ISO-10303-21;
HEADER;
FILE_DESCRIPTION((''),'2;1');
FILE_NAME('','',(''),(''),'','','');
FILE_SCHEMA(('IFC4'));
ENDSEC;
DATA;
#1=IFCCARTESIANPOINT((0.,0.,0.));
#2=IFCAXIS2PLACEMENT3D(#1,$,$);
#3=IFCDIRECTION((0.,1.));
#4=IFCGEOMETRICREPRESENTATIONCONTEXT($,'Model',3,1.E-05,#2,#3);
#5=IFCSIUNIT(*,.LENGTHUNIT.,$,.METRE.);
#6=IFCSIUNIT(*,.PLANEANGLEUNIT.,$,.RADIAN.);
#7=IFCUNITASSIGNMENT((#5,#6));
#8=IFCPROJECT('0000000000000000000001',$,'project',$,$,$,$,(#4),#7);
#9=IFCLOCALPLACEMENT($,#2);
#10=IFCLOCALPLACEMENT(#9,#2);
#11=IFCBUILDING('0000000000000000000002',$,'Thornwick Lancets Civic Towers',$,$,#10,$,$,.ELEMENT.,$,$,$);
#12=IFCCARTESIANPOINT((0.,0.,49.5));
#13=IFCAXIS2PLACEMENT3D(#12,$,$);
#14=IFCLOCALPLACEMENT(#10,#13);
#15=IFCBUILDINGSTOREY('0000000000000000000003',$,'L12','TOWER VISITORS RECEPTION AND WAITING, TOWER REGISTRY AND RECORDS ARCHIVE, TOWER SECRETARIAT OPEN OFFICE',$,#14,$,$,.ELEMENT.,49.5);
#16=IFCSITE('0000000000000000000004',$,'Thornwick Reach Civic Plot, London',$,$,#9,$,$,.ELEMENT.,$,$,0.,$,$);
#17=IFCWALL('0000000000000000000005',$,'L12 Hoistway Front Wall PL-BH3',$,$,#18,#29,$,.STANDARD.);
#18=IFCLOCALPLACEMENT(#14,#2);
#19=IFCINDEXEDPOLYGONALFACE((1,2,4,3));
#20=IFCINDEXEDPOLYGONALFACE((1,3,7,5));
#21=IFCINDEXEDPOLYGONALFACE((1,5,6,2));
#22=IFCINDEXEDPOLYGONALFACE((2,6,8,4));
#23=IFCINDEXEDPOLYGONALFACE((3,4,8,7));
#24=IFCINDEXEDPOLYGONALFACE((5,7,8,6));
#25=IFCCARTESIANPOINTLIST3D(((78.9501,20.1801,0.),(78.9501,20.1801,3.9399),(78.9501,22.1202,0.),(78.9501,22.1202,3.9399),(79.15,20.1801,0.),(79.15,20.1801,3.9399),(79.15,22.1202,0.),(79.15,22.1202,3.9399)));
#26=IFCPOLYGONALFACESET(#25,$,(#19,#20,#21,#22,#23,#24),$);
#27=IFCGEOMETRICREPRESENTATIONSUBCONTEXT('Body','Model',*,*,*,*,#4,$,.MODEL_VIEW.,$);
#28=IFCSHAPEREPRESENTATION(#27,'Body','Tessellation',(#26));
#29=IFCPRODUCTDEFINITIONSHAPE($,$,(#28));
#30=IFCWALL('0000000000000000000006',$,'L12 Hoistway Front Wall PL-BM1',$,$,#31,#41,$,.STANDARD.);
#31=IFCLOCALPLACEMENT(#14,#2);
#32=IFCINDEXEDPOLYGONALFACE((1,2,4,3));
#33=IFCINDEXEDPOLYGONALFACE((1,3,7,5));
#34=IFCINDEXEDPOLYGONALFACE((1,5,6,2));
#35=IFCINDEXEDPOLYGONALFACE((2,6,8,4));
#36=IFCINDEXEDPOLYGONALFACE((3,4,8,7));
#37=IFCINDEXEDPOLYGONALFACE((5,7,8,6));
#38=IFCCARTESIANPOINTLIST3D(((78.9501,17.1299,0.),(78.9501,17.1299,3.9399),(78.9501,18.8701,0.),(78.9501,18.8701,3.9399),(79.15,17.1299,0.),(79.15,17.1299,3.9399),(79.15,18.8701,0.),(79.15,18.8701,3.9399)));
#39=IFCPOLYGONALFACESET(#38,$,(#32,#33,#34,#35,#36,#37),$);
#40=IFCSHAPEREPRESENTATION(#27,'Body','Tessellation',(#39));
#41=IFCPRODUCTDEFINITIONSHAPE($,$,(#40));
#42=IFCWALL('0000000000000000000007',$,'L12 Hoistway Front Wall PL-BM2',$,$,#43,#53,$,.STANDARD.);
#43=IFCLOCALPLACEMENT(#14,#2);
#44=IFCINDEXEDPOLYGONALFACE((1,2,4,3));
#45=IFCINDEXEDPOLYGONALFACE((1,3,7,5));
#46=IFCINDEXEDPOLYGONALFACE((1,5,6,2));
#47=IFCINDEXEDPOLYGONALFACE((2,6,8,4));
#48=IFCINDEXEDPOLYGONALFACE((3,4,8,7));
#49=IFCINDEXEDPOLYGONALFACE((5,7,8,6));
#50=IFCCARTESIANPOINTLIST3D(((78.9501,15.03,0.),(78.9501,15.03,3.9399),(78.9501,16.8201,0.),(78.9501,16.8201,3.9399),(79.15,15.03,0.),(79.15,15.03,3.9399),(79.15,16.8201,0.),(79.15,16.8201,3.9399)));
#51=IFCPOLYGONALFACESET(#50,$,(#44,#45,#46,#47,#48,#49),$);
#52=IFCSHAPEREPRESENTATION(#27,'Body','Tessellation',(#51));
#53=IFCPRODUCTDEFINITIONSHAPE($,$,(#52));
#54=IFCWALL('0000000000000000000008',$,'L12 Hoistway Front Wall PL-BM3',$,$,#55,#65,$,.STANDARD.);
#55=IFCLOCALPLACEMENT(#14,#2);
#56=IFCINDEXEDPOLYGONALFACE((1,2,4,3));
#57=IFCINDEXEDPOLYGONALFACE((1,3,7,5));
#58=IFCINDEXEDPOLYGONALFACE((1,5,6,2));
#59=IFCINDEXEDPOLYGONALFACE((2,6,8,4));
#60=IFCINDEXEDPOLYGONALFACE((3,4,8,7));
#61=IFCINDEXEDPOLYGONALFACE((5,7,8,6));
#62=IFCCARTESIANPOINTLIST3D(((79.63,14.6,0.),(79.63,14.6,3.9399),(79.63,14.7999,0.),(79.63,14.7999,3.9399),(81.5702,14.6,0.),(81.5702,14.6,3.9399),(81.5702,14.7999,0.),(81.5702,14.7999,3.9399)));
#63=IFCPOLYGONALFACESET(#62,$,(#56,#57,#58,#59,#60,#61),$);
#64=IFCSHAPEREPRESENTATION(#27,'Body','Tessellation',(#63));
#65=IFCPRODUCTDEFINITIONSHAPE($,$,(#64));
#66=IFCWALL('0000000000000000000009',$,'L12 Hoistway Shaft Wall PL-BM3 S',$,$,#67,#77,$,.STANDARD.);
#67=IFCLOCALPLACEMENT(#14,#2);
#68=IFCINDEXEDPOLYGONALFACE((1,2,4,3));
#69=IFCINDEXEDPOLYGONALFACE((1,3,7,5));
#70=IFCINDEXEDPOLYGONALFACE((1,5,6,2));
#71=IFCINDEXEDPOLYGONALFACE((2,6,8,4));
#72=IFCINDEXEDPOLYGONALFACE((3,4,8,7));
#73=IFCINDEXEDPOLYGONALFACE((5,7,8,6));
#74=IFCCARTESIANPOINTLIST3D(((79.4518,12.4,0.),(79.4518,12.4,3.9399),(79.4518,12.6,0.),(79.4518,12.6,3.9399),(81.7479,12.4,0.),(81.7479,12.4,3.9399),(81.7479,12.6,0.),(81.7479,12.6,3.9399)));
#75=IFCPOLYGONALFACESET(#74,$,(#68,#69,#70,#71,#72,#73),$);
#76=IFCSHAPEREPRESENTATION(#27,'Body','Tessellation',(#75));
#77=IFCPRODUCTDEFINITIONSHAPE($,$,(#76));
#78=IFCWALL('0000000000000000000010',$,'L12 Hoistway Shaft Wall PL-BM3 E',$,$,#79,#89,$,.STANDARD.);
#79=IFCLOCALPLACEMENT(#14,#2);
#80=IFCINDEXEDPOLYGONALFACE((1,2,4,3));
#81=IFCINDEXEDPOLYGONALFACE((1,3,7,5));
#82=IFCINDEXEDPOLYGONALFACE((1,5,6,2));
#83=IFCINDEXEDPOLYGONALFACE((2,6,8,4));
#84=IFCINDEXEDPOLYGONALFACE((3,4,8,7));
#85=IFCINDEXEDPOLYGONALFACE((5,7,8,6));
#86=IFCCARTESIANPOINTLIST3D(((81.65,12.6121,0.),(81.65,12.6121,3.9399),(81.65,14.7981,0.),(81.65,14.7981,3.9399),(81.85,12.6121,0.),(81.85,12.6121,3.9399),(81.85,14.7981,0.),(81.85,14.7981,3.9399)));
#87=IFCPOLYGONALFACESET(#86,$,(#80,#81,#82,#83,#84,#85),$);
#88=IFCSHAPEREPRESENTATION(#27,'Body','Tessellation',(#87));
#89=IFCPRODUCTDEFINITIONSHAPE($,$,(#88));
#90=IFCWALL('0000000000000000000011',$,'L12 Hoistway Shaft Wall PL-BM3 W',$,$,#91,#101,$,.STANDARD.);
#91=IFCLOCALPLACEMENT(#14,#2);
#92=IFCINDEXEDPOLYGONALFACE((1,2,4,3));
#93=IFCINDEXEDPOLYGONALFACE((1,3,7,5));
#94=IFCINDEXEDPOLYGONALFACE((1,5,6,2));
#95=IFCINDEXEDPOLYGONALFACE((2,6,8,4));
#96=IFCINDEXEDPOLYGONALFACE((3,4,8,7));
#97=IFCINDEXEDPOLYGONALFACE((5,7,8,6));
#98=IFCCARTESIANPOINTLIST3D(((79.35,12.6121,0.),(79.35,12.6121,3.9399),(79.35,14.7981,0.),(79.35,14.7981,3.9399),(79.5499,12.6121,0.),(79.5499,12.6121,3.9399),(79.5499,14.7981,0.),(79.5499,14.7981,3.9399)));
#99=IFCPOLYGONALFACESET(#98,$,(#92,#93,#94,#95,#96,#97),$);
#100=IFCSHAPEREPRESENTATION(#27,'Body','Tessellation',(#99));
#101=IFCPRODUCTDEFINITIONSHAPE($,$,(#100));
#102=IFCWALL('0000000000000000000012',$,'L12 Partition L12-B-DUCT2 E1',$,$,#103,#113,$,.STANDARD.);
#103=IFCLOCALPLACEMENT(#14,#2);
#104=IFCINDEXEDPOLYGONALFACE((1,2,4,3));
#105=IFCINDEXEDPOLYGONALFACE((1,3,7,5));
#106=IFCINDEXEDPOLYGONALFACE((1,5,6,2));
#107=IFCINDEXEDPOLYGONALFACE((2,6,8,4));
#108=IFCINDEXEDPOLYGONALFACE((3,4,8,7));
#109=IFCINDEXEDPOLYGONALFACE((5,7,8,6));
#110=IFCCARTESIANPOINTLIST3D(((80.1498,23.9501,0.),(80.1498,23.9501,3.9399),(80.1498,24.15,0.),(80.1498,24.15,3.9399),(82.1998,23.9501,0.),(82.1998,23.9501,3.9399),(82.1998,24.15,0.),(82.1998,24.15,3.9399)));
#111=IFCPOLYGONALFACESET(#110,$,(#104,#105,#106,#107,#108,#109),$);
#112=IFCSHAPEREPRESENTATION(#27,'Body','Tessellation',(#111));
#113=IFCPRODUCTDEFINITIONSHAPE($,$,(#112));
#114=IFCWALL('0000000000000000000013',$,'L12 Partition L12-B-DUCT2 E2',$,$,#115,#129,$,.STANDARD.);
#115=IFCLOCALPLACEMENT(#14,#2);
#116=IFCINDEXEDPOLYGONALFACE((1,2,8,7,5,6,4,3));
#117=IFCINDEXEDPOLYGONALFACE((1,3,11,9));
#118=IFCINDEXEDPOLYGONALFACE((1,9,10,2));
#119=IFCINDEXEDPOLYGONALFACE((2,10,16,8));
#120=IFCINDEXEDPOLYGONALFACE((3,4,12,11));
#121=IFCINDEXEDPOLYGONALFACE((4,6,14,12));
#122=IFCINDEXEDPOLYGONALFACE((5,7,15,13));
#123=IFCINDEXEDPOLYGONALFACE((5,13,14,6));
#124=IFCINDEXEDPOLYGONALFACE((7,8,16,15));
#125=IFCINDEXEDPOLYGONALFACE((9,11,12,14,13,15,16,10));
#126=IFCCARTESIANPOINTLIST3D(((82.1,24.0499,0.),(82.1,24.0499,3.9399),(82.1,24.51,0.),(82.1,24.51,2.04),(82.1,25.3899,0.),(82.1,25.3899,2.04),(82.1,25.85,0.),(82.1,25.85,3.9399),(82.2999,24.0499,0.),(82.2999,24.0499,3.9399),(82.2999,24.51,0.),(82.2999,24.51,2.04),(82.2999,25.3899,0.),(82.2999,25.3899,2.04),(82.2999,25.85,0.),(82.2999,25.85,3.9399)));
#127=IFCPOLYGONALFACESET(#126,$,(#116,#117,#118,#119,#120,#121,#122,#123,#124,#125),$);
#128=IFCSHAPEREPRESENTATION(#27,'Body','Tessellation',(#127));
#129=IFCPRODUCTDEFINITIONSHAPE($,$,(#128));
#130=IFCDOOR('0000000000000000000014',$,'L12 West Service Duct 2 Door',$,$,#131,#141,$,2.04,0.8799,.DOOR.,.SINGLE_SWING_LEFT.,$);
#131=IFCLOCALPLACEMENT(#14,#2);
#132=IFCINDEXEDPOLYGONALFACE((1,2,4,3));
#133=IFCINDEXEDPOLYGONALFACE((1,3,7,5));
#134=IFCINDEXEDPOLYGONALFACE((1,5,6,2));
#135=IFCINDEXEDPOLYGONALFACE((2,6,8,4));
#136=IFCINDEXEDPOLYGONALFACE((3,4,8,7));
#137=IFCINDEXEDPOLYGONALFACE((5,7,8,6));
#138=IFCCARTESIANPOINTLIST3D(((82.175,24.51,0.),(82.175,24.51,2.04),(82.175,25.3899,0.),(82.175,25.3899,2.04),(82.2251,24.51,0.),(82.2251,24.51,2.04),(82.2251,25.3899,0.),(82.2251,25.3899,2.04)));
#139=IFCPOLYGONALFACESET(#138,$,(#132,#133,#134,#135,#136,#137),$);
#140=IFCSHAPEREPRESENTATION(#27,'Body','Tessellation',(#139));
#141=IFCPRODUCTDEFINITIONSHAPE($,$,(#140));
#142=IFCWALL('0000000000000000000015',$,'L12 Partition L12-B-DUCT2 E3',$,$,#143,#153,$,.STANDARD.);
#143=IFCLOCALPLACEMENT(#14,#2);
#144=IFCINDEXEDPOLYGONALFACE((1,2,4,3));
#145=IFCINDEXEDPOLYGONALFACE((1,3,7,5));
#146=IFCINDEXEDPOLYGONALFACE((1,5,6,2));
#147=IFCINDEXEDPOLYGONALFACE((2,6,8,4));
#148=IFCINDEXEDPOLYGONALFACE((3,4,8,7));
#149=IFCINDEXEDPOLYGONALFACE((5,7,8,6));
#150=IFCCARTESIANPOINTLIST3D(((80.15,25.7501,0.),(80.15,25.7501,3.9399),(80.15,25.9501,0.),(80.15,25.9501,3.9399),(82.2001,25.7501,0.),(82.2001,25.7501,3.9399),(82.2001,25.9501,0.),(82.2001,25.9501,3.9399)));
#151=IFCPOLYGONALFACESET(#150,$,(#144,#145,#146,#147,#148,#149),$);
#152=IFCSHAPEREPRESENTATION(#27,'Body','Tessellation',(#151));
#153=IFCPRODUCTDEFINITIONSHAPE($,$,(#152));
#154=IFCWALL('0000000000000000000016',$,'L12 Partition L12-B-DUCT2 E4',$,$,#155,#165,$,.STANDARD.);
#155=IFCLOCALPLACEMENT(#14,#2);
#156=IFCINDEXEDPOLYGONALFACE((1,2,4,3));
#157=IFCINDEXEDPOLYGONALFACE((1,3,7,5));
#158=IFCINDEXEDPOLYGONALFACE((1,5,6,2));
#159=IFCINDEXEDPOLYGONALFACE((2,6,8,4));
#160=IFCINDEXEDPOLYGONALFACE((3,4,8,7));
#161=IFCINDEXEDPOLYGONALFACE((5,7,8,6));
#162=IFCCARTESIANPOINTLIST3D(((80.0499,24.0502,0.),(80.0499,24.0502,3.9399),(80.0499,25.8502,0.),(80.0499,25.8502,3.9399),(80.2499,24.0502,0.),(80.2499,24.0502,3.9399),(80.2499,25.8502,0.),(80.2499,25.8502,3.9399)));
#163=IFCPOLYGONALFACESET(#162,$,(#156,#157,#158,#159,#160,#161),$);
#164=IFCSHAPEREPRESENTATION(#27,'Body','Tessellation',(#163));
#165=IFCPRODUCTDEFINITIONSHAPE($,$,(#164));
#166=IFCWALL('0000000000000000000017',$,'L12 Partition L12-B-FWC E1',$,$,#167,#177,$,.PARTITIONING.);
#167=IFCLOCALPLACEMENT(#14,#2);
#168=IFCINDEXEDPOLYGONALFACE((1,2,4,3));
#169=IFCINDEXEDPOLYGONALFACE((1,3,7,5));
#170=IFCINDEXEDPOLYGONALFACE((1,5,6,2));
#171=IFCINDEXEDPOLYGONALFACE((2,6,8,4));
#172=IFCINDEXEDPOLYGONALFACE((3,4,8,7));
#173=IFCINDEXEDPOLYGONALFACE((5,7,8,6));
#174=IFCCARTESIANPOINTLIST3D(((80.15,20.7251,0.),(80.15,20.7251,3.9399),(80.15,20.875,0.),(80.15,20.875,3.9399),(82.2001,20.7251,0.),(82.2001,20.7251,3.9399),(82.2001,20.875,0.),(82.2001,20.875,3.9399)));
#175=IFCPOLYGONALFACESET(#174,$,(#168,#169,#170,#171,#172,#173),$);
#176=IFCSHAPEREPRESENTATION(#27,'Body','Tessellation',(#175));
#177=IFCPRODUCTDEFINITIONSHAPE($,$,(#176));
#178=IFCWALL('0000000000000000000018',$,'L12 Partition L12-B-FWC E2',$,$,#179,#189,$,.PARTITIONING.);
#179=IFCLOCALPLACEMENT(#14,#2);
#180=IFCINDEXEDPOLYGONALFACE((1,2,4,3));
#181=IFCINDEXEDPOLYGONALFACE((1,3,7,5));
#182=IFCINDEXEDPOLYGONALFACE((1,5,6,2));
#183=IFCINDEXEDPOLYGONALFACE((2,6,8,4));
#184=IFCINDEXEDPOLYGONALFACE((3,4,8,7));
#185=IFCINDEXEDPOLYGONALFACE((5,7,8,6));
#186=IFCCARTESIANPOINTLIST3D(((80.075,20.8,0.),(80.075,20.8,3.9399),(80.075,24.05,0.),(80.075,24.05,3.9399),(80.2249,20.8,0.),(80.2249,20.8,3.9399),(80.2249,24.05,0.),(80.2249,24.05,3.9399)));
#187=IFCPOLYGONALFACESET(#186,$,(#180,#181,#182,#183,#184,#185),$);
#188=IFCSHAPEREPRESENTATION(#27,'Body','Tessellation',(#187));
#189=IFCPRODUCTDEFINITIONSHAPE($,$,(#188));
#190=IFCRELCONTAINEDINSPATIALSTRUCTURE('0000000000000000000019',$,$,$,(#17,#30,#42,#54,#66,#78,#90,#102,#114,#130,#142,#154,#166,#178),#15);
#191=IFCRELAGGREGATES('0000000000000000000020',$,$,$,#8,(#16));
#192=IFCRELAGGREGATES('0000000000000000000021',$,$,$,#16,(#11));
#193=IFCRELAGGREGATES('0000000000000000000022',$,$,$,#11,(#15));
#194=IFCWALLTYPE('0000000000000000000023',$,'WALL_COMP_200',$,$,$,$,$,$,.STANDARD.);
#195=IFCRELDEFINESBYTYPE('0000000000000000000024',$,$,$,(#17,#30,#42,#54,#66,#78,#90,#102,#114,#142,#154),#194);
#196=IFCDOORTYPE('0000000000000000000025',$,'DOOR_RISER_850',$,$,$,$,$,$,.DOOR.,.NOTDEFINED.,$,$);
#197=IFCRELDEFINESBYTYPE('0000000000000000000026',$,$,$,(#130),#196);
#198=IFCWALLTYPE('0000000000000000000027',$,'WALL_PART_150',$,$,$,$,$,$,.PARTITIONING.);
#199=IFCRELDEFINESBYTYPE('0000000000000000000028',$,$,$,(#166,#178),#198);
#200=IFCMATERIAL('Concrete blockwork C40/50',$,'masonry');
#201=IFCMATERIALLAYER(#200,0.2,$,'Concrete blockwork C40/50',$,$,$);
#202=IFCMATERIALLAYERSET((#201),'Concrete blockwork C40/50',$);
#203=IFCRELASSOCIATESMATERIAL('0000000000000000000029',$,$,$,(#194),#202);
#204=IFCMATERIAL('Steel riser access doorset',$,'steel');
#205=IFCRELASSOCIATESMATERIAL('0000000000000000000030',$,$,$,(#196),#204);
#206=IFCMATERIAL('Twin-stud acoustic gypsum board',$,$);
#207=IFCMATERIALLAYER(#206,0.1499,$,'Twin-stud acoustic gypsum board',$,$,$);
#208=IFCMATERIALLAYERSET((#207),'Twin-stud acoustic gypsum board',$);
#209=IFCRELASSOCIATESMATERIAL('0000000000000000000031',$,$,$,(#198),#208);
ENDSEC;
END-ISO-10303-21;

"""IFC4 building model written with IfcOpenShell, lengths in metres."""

from ifc_helpers import new_model, si_unit, direction, frame, frame_2d, origin, place, context, subcontext, project, spatial, rectangle, extrude, material, layer, layer_set, type_object, element, fill, save


model = new_model("IFC4")

# Units and contexts
model_context = context("Model", 3, precision=1e-05, world=origin(), true_north=direction((0.0, 1.0)))
body_context = subcontext(model_context, "Body", "Model", "MODEL_VIEW")
ifc_project = project(units=[si_unit("LENGTHUNIT", "METRE"), si_unit("PLANEANGLEUNIT", "RADIAN")], contexts=[model_context])

# Site, building, storey
site_placement = place(None, origin())
site = spatial("IfcSite", under=ifc_project, at=site_placement, Name="Thornwick Reach Civic Plot, London", CompositionType="ELEMENT", RefElevation=0.0)
building_placement = place(site_placement, origin())
building = spatial("IfcBuilding", under=site, at=building_placement, Name="Thornwick Lancets Civic Towers", CompositionType="ELEMENT")
storey_placement = place(building_placement, frame((0.0, 0.0, 49.5)))
storey = spatial("IfcBuildingStorey", under=building, at=storey_placement, Name="L12", Description="TOWER VISITORS RECEPTION AND WAITING, TOWER REGISTRY AND RECORDS ARCHIVE, TOWER SECRETARIAT OPEN OFFICE", CompositionType="ELEMENT", Elevation=49.5)

# Shared definitions
ifc_material_1 = material(Name="Concrete blockwork C40/50", Category="masonry")
ifc_layer_1 = layer(ifc_material_1, 0.2, Name="Concrete blockwork C40/50")
ifc_layer_set_1 = layer_set([ifc_layer_1], Name="Concrete blockwork C40/50")
wall_type_1 = type_object("IfcWallType", Name="WALL_COMP_200", PredefinedType="STANDARD", material=ifc_layer_set_1)

# Walls
wall_1_placement = place(storey_placement, frame((79.05, 20.1799, 0.0), z_axis=(0.0, 0.0, 1.0), x_axis=(0.0, 1.0, 0.0)))
element("IfcWall", 1, at=wall_1_placement, inside=storey, type_object=wall_type_1, Name="L12 Hoistway Front Wall PL-BH3", PredefinedType="STANDARD", context=body_context, shape_type="SweptSolid", body=[
    extrude(rectangle(XDim=1.9402, YDim=0.2, at=frame_2d((0.9702, 0.0))), origin(), (0.0, 0.0, 1.0), 3.9399),
])
wall_2_placement = place(storey_placement, frame((79.05, 17.1299, 0.0), z_axis=(0.0, 0.0, 1.0), x_axis=(0.0, 1.0, 0.0)))
element("IfcWall", 2, at=wall_2_placement, inside=storey, type_object=wall_type_1, Name="L12 Hoistway Front Wall PL-BM1", PredefinedType="STANDARD", context=body_context, shape_type="SweptSolid", body=[
    extrude(rectangle(XDim=1.7402, YDim=0.2, at=frame_2d((0.8701, 0.0))), origin(), (0.0, 0.0, 1.0), 3.9399),
])
wall_3_placement = place(storey_placement, frame((79.05, 15.03, 0.0), z_axis=(0.0, 0.0, 1.0), x_axis=(0.0, 1.0, 0.0)))
element("IfcWall", 3, at=wall_3_placement, inside=storey, type_object=wall_type_1, Name="L12 Hoistway Front Wall PL-BM2", PredefinedType="STANDARD", context=body_context, shape_type="SweptSolid", body=[
    extrude(rectangle(XDim=1.79, YDim=0.2, at=frame_2d((0.895, 0.0))), origin(), (0.0, 0.0, 1.0), 3.9399),
])
wall_4_placement = place(storey_placement, frame((79.6299, 14.7, 0.0), z_axis=(0.0, 0.0, 1.0), x_axis=(1.0, 0.0, 0.0)))
element("IfcWall", 4, at=wall_4_placement, inside=storey, type_object=wall_type_1, Name="L12 Hoistway Front Wall PL-BM3", PredefinedType="STANDARD", context=body_context, shape_type="SweptSolid", body=[
    extrude(rectangle(XDim=1.9402, YDim=0.2, at=frame_2d((0.9702, 0.0))), origin(), (0.0, 0.0, 1.0), 3.9399),
])
wall_5_placement = place(storey_placement, frame((79.4519, 12.5, 0.0), z_axis=(0.0, 0.0, 1.0), x_axis=(1.0, 0.0, 0.0)))
element("IfcWall", 5, at=wall_5_placement, inside=storey, type_object=wall_type_1, Name="L12 Hoistway Shaft Wall PL-BM3 S", PredefinedType="STANDARD", context=body_context, shape_type="SweptSolid", body=[
    extrude(rectangle(XDim=2.2961, YDim=0.2, at=frame_2d((1.1479, 0.0))), origin(), (0.0, 0.0, 1.0), 3.9399),
])
for number, where, z_axis, x_axis, name in (
    (6, (81.75, 12.6121, 0.0), (0.0, 0.0, 1.0), (0.0, 1.0, 0.0), "L12 Hoistway Shaft Wall PL-BM3 E"),
    (7, (79.45, 12.6121, 0.0), (0.0, 0.0, 1.0), (0.0, 1.0, 0.0), "L12 Hoistway Shaft Wall PL-BM3 W"),
):
    element("IfcWall", number, at=place(storey_placement, frame(where, z_axis=z_axis, x_axis=x_axis)), inside=storey, type_object=wall_type_1, Name=name, PredefinedType="STANDARD", context=body_context, shape_type="SweptSolid", body=[
        extrude(rectangle(XDim=2.186, YDim=0.2, at=frame_2d((1.093, 0.0))), origin(), (0.0, 0.0, 1.0), 3.9399),
    ])
wall_6_placement = place(storey_placement, frame((80.1499, 24.05, 0.0), z_axis=(0.0, 0.0, 1.0), x_axis=(1.0, 0.0, 0.0)))
element("IfcWall", 8, at=wall_6_placement, inside=storey, type_object=wall_type_1, Name="L12 Partition L12-B-DUCT2 E1", PredefinedType="STANDARD", context=body_context, shape_type="SweptSolid", body=[
    extrude(rectangle(XDim=2.05, YDim=0.2, at=frame_2d((1.0249, 0.0))), origin(), (0.0, 0.0, 1.0), 3.9399),
])

# Wall, opening, door
wall_7_placement = place(storey_placement, frame((82.2, 24.05, 0.0), z_axis=(0.0, 0.0, 1.0), x_axis=(0.0, 1.0, 0.0)))
wall_7 = element("IfcWall", 9, at=wall_7_placement, inside=storey, type_object=wall_type_1, Name="L12 Partition L12-B-DUCT2 E2", PredefinedType="STANDARD", context=body_context, shape_type="SweptSolid", body=[
    extrude(rectangle(XDim=1.8, YDim=0.2, at=frame_2d((0.8999, 0.0))), origin(), (0.0, 0.0, 1.0), 3.9399),
])
opening_1_placement = place(wall_7_placement, frame((0.46, 0.0, 0.0)))
opening_1 = element("IfcOpeningElement", 10, at=opening_1_placement, cuts=wall_7, PredefinedType="OPENING", context=body_context, shape_type="SweptSolid", body=[
    extrude(rectangle(XDim=0.8799, YDim=2.04, at=frame_2d((0.4399, 1.02))), frame((0.0, 0.1099, 0.0), z_axis=(0.0, -1.0, 0.0), x_axis=(1.0, 0.0, 0.0)), (0.0, 0.0, 1.0), 0.22),
])
ifc_material_2 = material(Name="Steel riser access doorset", Category="steel")
door_type_1 = type_object("IfcDoorType", Name="DOOR_RISER_850", OperationType="NOTDEFINED", PredefinedType="DOOR", material=ifc_material_2)
door_1_placement = place(opening_1_placement, origin())
door_1 = element("IfcDoor", 11, at=door_1_placement, inside=storey, type_object=door_type_1, Name="L12 West Service Duct 2 Door", OperationType="SINGLE_SWING_LEFT", OverallHeight=2.04, OverallWidth=0.8799, PredefinedType="DOOR", context=body_context, shape_type="SweptSolid", body=[
    extrude(rectangle(XDim=0.8799, YDim=2.04, at=frame_2d((0.4399, 1.02))), frame((0.0, 0.0249, 0.0), z_axis=(0.0, -1.0, 0.0), x_axis=(1.0, 0.0, 0.0)), (0.0, 0.0, 1.0), 0.05),
])
fill(opening_1, door_1)

# Walls
wall_8_placement = place(storey_placement, frame((82.2, 25.8501, 0.0), z_axis=(0.0, 0.0, 1.0), x_axis=(-1.0, 0.0, 0.0)))
element("IfcWall", 12, at=wall_8_placement, inside=storey, type_object=wall_type_1, Name="L12 Partition L12-B-DUCT2 E3", PredefinedType="STANDARD", context=body_context, shape_type="SweptSolid", body=[
    extrude(rectangle(XDim=2.05, YDim=0.2, at=frame_2d((1.0249, 0.0))), origin(), (0.0, 0.0, 1.0), 3.9399),
])
wall_9_placement = place(storey_placement, frame((80.1499, 25.8501, 0.0), z_axis=(0.0, 0.0, 1.0), x_axis=(0.0, -1.0, 0.0)))
element("IfcWall", 13, at=wall_9_placement, inside=storey, type_object=wall_type_1, Name="L12 Partition L12-B-DUCT2 E4", PredefinedType="STANDARD", context=body_context, shape_type="SweptSolid", body=[
    extrude(rectangle(XDim=1.8, YDim=0.2, at=frame_2d((0.8999, 0.0))), origin(), (0.0, 0.0, 1.0), 3.9399),
])
ifc_material_3 = material(Name="Twin-stud acoustic gypsum board")
ifc_layer_2 = layer(ifc_material_3, 0.1499, Name="Twin-stud acoustic gypsum board")
ifc_layer_set_2 = layer_set([ifc_layer_2], Name="Twin-stud acoustic gypsum board")
wall_type_2 = type_object("IfcWallType", Name="WALL_PART_150", PredefinedType="PARTITIONING", material=ifc_layer_set_2)
wall_10_placement = place(storey_placement, frame((82.2, 20.8, 0.0), z_axis=(0.0, 0.0, 1.0), x_axis=(-1.0, 0.0, 0.0)))
element("IfcWall", 14, at=wall_10_placement, inside=storey, type_object=wall_type_2, Name="L12 Partition L12-B-FWC E1", PredefinedType="PARTITIONING", context=body_context, shape_type="SweptSolid", body=[
    extrude(rectangle(XDim=2.05, YDim=0.1499, at=frame_2d((1.0249, 0.0))), origin(), (0.0, 0.0, 1.0), 3.9399),
])
wall_11_placement = place(storey_placement, frame((80.1499, 20.8, 0.0), z_axis=(0.0, 0.0, 1.0), x_axis=(0.0, 1.0, 0.0)))
element("IfcWall", 15, at=wall_11_placement, inside=storey, type_object=wall_type_2, Name="L12 Partition L12-B-FWC E2", PredefinedType="PARTITIONING", context=body_context, shape_type="SweptSolid", body=[
    extrude(rectangle(XDim=3.25, YDim=0.1499, at=frame_2d((1.625, 0.0))), origin(), (0.0, 0.0, 1.0), 3.9399),
])

save(model, "model.ifc")
